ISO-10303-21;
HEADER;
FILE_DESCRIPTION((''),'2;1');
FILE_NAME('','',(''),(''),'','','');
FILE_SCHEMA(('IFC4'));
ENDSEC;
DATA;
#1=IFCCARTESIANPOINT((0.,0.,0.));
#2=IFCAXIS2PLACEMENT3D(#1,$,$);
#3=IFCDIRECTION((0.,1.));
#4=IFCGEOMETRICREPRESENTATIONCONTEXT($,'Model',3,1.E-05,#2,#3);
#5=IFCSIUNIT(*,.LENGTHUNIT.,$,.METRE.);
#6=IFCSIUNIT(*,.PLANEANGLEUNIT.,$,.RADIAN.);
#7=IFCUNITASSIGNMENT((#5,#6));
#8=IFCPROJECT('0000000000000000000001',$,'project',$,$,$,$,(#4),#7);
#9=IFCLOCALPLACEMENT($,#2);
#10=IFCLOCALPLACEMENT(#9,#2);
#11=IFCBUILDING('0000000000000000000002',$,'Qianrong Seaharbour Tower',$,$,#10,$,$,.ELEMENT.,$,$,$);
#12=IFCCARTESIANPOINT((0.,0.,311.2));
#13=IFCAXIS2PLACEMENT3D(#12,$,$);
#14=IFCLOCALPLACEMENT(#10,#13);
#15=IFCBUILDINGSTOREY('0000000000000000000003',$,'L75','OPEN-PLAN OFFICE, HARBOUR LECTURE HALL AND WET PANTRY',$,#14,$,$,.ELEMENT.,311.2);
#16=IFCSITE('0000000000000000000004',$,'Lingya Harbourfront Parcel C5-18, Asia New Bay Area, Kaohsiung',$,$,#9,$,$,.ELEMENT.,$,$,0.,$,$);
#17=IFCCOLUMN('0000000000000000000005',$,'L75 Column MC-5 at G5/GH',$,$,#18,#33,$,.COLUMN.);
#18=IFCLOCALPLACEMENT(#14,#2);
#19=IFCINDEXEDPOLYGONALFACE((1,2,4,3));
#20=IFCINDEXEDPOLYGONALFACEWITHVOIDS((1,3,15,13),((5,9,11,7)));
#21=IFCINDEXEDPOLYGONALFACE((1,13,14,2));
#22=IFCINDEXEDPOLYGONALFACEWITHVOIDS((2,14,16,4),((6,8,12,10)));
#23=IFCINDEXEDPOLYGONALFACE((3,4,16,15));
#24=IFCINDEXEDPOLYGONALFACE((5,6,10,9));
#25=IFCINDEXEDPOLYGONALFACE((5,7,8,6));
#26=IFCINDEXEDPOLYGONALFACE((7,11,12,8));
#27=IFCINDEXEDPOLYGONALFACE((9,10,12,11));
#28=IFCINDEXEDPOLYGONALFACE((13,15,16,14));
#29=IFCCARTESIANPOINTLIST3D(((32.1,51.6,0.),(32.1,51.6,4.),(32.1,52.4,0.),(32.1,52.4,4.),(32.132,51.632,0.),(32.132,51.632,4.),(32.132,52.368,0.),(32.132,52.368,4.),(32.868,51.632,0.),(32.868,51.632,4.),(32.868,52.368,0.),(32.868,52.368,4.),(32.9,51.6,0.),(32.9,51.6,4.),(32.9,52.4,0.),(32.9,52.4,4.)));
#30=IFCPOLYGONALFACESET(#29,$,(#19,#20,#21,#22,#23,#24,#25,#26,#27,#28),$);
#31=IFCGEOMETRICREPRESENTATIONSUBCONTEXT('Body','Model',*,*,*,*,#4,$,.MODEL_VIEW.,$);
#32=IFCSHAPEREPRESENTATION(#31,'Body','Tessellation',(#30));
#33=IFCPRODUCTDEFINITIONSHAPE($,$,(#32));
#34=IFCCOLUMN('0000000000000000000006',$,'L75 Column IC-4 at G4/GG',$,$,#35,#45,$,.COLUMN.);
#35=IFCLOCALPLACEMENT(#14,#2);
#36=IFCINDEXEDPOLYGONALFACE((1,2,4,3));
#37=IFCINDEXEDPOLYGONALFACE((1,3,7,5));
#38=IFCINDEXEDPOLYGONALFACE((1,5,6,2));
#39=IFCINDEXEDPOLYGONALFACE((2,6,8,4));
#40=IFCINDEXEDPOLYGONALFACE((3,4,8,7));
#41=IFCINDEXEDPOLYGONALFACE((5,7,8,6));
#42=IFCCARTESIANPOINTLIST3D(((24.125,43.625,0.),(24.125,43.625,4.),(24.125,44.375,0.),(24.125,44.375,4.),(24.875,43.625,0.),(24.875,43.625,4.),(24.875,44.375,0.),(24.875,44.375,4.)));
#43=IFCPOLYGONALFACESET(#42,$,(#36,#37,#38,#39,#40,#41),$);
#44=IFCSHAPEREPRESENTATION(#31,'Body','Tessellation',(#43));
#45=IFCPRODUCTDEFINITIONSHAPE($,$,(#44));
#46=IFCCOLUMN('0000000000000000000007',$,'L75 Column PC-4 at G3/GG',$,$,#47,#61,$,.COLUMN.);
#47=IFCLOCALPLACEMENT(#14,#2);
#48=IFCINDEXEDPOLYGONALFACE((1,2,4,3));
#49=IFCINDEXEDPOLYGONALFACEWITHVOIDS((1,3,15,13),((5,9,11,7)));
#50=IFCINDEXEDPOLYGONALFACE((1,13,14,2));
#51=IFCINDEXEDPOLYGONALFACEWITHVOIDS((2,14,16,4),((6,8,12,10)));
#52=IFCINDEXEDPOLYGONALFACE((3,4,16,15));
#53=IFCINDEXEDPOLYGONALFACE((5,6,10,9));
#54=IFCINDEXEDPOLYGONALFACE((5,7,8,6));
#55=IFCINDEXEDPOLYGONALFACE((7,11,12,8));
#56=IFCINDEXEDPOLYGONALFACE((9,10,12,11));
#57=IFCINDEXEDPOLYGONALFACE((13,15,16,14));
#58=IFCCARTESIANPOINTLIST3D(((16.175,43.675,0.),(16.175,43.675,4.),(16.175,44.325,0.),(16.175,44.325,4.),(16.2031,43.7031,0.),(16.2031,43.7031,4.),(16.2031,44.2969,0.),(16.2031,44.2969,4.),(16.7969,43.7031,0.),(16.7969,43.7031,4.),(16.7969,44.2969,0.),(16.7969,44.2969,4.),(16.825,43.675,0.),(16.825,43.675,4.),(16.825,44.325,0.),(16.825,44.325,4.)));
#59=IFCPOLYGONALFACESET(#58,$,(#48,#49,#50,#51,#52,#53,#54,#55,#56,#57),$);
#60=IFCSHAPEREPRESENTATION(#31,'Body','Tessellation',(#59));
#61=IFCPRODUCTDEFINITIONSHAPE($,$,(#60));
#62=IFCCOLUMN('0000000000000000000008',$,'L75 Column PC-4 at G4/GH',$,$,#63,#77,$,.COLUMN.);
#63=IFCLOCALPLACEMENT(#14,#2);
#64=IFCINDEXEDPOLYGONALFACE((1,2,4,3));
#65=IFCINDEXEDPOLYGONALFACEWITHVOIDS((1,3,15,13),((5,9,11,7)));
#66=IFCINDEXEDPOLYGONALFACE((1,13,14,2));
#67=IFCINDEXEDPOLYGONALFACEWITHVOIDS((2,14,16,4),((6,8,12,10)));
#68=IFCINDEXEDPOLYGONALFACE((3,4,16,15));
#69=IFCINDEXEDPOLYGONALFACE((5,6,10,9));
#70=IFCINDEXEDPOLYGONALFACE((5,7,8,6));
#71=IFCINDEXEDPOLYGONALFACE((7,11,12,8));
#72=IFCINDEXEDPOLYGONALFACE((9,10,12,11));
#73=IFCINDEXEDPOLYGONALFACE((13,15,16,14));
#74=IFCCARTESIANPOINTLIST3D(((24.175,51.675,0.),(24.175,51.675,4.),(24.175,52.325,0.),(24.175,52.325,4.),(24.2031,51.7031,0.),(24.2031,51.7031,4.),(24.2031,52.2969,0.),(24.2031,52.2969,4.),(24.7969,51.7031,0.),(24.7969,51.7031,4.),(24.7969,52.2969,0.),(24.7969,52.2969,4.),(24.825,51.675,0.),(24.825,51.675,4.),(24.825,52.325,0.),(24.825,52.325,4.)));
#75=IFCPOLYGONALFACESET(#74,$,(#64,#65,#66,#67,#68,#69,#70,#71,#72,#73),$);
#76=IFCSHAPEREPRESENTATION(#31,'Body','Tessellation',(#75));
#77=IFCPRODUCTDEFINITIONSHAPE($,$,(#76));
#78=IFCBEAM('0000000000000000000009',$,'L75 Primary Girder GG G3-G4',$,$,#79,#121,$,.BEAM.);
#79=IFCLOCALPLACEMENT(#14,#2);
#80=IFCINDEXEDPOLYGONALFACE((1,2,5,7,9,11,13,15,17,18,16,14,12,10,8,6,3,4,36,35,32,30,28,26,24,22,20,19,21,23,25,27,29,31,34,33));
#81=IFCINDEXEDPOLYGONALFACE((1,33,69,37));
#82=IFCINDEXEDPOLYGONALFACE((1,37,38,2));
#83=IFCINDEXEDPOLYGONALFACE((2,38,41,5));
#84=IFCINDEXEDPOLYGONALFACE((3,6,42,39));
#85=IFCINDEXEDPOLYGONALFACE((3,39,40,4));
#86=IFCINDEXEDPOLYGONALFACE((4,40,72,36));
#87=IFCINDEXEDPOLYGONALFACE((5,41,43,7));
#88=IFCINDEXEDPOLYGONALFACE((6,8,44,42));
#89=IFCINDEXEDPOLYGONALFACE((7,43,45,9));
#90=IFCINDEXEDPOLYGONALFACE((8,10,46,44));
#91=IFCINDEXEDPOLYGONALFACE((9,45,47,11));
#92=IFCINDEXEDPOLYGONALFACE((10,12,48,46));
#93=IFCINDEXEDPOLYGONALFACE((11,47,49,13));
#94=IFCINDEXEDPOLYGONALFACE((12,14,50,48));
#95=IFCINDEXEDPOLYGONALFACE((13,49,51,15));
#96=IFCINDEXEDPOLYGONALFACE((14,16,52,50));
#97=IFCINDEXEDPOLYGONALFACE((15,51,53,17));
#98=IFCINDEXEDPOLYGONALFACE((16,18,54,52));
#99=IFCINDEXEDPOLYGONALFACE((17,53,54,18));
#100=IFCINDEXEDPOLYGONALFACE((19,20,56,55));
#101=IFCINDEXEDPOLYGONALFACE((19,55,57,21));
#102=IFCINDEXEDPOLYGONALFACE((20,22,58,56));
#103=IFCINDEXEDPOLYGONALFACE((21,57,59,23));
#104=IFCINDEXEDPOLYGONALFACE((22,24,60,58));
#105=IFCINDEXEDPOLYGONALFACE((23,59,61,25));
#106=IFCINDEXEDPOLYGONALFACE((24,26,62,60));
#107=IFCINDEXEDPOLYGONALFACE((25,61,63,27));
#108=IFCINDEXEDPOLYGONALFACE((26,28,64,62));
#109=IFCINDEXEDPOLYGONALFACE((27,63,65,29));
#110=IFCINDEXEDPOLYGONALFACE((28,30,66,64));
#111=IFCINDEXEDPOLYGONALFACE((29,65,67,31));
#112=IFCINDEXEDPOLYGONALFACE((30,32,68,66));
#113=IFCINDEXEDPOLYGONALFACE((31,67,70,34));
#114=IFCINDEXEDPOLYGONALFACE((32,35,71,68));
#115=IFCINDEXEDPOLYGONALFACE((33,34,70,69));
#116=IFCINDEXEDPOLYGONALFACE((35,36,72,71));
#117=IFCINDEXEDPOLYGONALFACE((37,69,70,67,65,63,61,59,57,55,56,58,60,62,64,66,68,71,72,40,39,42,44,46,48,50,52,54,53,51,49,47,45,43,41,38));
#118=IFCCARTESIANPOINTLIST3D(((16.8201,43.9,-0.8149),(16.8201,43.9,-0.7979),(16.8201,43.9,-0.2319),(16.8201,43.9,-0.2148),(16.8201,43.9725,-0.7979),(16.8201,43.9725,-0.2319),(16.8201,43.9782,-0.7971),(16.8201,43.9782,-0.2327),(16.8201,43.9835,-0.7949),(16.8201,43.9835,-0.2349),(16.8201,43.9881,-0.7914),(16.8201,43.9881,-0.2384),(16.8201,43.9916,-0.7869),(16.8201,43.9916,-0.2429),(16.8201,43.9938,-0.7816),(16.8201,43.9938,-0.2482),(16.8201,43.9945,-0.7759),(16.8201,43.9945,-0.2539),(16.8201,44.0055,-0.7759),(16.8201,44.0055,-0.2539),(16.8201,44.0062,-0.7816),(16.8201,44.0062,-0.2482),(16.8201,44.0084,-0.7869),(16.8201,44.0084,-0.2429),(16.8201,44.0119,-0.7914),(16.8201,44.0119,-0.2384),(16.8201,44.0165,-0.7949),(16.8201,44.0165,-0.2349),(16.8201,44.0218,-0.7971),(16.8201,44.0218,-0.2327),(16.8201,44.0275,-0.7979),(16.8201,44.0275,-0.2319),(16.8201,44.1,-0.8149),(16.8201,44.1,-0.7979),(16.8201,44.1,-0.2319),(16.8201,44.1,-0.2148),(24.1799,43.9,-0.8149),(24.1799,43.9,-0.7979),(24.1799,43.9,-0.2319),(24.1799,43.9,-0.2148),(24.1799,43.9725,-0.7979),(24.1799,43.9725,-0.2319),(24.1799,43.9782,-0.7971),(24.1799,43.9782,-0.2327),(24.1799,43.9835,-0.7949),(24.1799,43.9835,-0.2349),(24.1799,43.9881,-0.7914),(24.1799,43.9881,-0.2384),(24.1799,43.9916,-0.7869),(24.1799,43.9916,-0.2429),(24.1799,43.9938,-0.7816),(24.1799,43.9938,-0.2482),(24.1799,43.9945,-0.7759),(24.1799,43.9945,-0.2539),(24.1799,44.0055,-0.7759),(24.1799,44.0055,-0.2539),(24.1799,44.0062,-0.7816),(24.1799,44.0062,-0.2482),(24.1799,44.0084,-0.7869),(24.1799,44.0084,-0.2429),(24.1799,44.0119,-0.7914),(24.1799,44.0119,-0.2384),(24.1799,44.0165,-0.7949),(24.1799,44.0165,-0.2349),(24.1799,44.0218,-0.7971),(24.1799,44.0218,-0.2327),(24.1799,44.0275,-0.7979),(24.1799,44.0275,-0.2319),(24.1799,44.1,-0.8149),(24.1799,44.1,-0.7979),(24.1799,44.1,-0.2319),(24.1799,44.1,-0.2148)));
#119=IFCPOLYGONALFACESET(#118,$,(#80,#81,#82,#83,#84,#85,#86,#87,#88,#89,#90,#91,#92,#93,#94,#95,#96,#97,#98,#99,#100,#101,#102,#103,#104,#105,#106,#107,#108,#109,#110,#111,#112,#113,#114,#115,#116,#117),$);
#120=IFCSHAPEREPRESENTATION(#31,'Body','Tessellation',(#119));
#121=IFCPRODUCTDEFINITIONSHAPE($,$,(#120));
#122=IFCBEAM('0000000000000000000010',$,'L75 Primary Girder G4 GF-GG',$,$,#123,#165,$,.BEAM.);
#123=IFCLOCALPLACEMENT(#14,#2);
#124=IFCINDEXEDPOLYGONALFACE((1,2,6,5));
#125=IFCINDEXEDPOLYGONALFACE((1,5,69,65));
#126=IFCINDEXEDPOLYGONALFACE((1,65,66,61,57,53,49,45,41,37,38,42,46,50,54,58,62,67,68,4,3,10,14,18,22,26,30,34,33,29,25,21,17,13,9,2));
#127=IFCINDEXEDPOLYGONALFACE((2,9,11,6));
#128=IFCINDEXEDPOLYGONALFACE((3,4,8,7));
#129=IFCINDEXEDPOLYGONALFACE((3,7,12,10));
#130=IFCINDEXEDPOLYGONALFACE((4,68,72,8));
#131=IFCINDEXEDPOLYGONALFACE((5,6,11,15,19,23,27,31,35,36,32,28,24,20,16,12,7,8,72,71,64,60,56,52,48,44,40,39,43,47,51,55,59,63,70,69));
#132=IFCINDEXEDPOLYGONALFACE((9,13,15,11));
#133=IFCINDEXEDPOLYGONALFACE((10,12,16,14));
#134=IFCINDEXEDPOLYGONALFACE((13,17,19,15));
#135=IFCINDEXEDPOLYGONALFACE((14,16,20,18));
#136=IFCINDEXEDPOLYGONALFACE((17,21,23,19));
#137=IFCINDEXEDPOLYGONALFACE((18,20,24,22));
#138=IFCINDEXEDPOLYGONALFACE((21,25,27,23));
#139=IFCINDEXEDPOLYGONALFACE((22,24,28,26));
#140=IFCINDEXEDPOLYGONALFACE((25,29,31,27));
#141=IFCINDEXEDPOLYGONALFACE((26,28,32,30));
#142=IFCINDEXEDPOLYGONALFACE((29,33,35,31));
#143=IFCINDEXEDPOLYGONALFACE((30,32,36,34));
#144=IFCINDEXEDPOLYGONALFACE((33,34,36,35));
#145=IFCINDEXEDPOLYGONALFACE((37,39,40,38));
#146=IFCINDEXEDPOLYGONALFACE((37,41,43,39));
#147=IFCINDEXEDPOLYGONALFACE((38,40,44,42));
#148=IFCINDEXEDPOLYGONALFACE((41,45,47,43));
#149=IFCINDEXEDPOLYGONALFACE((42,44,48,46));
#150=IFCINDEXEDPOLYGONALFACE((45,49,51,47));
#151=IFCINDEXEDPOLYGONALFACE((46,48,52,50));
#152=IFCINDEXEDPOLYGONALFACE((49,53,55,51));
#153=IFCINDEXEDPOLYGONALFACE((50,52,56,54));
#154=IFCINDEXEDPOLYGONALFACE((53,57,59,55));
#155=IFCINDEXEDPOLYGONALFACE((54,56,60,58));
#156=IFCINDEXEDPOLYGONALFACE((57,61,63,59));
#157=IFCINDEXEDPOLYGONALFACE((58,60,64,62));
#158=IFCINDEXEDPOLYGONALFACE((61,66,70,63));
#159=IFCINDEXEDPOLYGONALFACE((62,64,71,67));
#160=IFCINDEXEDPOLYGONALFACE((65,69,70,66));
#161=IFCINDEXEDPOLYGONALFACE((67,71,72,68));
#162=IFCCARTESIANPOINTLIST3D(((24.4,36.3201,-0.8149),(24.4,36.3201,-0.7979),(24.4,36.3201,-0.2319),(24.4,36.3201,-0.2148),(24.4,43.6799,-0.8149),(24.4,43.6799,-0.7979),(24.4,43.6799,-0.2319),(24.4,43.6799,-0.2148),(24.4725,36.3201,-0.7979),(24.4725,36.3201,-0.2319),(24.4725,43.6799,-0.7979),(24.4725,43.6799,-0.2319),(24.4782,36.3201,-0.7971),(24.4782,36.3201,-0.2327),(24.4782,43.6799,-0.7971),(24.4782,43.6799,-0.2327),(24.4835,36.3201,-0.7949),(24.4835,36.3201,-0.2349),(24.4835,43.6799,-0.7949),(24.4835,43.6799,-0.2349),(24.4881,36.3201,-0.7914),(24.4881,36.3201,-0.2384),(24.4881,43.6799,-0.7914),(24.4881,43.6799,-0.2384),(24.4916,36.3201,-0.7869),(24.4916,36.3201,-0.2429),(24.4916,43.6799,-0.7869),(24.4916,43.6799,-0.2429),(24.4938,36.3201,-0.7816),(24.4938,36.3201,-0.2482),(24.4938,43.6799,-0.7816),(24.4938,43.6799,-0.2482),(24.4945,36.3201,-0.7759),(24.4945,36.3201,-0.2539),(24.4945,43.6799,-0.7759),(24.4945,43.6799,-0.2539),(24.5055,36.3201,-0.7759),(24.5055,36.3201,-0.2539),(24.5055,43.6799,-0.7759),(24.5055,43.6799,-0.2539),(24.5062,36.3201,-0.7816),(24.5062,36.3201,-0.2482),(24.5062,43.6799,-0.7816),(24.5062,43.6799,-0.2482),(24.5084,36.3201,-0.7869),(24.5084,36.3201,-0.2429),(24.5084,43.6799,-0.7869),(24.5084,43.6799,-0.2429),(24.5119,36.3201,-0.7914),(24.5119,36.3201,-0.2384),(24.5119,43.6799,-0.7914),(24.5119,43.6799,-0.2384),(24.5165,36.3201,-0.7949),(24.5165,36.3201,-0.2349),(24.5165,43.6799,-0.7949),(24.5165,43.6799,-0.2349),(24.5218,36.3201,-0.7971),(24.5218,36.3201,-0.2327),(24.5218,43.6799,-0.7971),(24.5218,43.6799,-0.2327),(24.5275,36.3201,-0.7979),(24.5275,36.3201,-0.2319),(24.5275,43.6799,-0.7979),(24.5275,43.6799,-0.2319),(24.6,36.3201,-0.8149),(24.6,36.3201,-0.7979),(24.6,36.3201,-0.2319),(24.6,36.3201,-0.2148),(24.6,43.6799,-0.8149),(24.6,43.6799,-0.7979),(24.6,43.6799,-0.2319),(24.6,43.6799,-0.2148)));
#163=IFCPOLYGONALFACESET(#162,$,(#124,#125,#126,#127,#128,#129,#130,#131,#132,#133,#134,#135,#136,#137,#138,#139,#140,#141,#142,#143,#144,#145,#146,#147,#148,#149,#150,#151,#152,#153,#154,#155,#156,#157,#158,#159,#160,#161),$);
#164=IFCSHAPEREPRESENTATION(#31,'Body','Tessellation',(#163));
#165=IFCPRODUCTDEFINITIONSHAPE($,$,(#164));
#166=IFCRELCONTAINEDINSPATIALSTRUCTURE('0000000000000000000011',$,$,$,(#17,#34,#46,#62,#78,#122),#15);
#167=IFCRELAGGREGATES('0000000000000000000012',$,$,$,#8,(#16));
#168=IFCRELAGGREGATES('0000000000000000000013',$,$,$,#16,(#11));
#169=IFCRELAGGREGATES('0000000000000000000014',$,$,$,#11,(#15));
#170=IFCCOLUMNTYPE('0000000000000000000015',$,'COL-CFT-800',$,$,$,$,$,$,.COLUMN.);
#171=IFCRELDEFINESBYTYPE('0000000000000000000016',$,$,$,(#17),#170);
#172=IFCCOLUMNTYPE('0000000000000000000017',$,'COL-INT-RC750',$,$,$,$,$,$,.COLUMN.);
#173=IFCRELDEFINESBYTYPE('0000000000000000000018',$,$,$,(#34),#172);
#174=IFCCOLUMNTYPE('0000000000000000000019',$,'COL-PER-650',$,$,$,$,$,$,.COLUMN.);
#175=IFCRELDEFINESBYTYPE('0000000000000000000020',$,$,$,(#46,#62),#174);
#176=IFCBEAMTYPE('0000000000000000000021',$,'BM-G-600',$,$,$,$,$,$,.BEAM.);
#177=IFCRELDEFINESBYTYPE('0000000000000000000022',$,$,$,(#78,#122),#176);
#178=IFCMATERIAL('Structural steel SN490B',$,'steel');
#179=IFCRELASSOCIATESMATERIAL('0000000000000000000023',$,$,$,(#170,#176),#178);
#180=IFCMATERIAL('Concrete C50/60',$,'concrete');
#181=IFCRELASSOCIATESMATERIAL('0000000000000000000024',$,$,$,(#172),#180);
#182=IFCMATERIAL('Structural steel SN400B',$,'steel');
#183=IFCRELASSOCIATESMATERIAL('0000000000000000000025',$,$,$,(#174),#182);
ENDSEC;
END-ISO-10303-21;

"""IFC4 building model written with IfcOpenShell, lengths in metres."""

from ifc_helpers import new_model, si_unit, direction, frame, origin, origin_2d, place, context, subcontext, project, spatial, rectangle, hollow_rectangle, i_section, extrude, material, material_profile, profile_set, type_object, element, save


model = new_model("IFC4")

# Units and contexts
model_context = context("Model", 3, precision=1e-05, world=origin(), true_north=direction((0.0, 1.0)))
body_context = subcontext(model_context, "Body", "Model", "MODEL_VIEW")
ifc_project = project(units=[si_unit("LENGTHUNIT", "METRE"), si_unit("PLANEANGLEUNIT", "RADIAN")], contexts=[model_context])

# Site, building, storey
site_placement = place(None, origin())
site = spatial("IfcSite", under=ifc_project, at=site_placement, Name="Lingya Harbourfront Parcel C5-18, Asia New Bay Area, Kaohsiung", CompositionType="ELEMENT", RefElevation=0.0)
building_placement = place(site_placement, origin())
building = spatial("IfcBuilding", under=site, at=building_placement, Name="Qianrong Seaharbour Tower", CompositionType="ELEMENT")
storey_placement = place(building_placement, frame((0.0, 0.0, 311.2)))
storey = spatial("IfcBuildingStorey", under=building, at=storey_placement, Name="L75", Description="OPEN-PLAN OFFICE, HARBOUR LECTURE HALL AND WET PANTRY", CompositionType="ELEMENT", Elevation=311.2)

# Columns
ifc_material_1 = material(Name="Structural steel SN490B", Category="steel")
ifc_material_profile_1 = material_profile(ifc_material_1, hollow_rectangle(XDim=0.8, YDim=0.8, WallThickness=0.032, at=origin_2d()), Name="BOX800x800x32")
ifc_profile_set_1 = profile_set([ifc_material_profile_1], Name="Structural steel SN490B")
column_type_1 = type_object("IfcColumnType", Name="COL-CFT-800", PredefinedType="COLUMN", material=ifc_profile_set_1)
column_1_placement = place(storey_placement, frame((32.5, 52.0, 0.0), z_axis=(0.0, 0.0, 1.0), x_axis=(1.0, 0.0, 0.0)))
element("IfcColumn", 1, at=column_1_placement, inside=storey, type_object=column_type_1, Name="L75 Column MC-5 at G5/GH", PredefinedType="COLUMN", context=body_context, shape_type="SweptSolid", body=[
    extrude(hollow_rectangle(XDim=0.8, YDim=0.8, WallThickness=0.032, at=origin_2d()), origin(), (0.0, 0.0, 1.0), 4.0),
])
ifc_material_2 = material(Name="Concrete C50/60", Category="concrete")
ifc_material_profile_2 = material_profile(ifc_material_2, rectangle(XDim=0.75, YDim=0.75, at=origin_2d()), Name="RC750x750")
ifc_profile_set_2 = profile_set([ifc_material_profile_2], Name="Concrete C50/60")
column_type_2 = type_object("IfcColumnType", Name="COL-INT-RC750", PredefinedType="COLUMN", material=ifc_profile_set_2)
column_2_placement = place(storey_placement, frame((24.5, 44.0, 0.0), z_axis=(0.0, 0.0, 1.0), x_axis=(1.0, 0.0, 0.0)))
element("IfcColumn", 2, at=column_2_placement, inside=storey, type_object=column_type_2, Name="L75 Column IC-4 at G4/GG", PredefinedType="COLUMN", context=body_context, shape_type="SweptSolid", body=[
    extrude(rectangle(XDim=0.75, YDim=0.75, at=origin_2d()), origin(), (0.0, 0.0, 1.0), 4.0),
])
ifc_material_3 = material(Name="Structural steel SN400B", Category="steel")
ifc_material_profile_3 = material_profile(ifc_material_3, hollow_rectangle(XDim=0.6499, YDim=0.6499, WallThickness=0.0281, at=origin_2d()), Name="BOX650x650x28")
ifc_profile_set_3 = profile_set([ifc_material_profile_3], Name="Structural steel SN400B")
column_type_3 = type_object("IfcColumnType", Name="COL-PER-650", PredefinedType="COLUMN", material=ifc_profile_set_3)
for number, where, z_axis, x_axis, name in (
    (3, (16.5, 44.0, 0.0), (0.0, 0.0, 1.0), (1.0, 0.0, 0.0), "L75 Column PC-4 at G3/GG"),
    (4, (24.5, 52.0, 0.0), (0.0, 0.0, 1.0), (1.0, 0.0, 0.0), "L75 Column PC-4 at G4/GH"),
):
    element("IfcColumn", number, at=place(storey_placement, frame(where, z_axis=z_axis, x_axis=x_axis)), inside=storey, type_object=column_type_3, Name=name, PredefinedType="COLUMN", context=body_context, shape_type="SweptSolid", body=[
        extrude(hollow_rectangle(XDim=0.6499, YDim=0.6499, WallThickness=0.0281, at=origin_2d()), origin(), (0.0, 0.0, 1.0), 4.0),
    ])

# Beams
ifc_material_profile_4 = material_profile(ifc_material_1, i_section(OverallWidth=0.2, OverallDepth=0.6001, WebThickness=0.011, FlangeThickness=0.0171, FilletRadius=0.022, at=origin_2d()), Name="H600x200x11x17")
ifc_profile_set_4 = profile_set([ifc_material_profile_4], Name="Structural steel SN490B")
beam_type_1 = type_object("IfcBeamType", Name="BM-G-600", PredefinedType="BEAM", material=ifc_profile_set_4)
for number, where, z_axis, x_axis, name in (
    (5, (16.8201, 44.0, -0.5149), (1.0, 0.0, 0.0), (0.0, 1.0, 0.0), "L75 Primary Girder GG G3-G4"),
    (6, (24.5, 36.3201, -0.5149), (0.0, 1.0, 0.0), (-1.0, 0.0, 0.0), "L75 Primary Girder G4 GF-GG"),
):
    element("IfcBeam", number, at=place(storey_placement, frame(where, z_axis=z_axis, x_axis=x_axis)), inside=storey, type_object=beam_type_1, Name=name, PredefinedType="BEAM", context=body_context, shape_type="SweptSolid", body=[
        extrude(i_section(OverallWidth=0.2, OverallDepth=0.6001, WebThickness=0.011, FlangeThickness=0.0171, FilletRadius=0.022, at=origin_2d()), origin(), (0.0, 0.0, 1.0), 7.3599),
    ])

save(model, "model.ifc")
